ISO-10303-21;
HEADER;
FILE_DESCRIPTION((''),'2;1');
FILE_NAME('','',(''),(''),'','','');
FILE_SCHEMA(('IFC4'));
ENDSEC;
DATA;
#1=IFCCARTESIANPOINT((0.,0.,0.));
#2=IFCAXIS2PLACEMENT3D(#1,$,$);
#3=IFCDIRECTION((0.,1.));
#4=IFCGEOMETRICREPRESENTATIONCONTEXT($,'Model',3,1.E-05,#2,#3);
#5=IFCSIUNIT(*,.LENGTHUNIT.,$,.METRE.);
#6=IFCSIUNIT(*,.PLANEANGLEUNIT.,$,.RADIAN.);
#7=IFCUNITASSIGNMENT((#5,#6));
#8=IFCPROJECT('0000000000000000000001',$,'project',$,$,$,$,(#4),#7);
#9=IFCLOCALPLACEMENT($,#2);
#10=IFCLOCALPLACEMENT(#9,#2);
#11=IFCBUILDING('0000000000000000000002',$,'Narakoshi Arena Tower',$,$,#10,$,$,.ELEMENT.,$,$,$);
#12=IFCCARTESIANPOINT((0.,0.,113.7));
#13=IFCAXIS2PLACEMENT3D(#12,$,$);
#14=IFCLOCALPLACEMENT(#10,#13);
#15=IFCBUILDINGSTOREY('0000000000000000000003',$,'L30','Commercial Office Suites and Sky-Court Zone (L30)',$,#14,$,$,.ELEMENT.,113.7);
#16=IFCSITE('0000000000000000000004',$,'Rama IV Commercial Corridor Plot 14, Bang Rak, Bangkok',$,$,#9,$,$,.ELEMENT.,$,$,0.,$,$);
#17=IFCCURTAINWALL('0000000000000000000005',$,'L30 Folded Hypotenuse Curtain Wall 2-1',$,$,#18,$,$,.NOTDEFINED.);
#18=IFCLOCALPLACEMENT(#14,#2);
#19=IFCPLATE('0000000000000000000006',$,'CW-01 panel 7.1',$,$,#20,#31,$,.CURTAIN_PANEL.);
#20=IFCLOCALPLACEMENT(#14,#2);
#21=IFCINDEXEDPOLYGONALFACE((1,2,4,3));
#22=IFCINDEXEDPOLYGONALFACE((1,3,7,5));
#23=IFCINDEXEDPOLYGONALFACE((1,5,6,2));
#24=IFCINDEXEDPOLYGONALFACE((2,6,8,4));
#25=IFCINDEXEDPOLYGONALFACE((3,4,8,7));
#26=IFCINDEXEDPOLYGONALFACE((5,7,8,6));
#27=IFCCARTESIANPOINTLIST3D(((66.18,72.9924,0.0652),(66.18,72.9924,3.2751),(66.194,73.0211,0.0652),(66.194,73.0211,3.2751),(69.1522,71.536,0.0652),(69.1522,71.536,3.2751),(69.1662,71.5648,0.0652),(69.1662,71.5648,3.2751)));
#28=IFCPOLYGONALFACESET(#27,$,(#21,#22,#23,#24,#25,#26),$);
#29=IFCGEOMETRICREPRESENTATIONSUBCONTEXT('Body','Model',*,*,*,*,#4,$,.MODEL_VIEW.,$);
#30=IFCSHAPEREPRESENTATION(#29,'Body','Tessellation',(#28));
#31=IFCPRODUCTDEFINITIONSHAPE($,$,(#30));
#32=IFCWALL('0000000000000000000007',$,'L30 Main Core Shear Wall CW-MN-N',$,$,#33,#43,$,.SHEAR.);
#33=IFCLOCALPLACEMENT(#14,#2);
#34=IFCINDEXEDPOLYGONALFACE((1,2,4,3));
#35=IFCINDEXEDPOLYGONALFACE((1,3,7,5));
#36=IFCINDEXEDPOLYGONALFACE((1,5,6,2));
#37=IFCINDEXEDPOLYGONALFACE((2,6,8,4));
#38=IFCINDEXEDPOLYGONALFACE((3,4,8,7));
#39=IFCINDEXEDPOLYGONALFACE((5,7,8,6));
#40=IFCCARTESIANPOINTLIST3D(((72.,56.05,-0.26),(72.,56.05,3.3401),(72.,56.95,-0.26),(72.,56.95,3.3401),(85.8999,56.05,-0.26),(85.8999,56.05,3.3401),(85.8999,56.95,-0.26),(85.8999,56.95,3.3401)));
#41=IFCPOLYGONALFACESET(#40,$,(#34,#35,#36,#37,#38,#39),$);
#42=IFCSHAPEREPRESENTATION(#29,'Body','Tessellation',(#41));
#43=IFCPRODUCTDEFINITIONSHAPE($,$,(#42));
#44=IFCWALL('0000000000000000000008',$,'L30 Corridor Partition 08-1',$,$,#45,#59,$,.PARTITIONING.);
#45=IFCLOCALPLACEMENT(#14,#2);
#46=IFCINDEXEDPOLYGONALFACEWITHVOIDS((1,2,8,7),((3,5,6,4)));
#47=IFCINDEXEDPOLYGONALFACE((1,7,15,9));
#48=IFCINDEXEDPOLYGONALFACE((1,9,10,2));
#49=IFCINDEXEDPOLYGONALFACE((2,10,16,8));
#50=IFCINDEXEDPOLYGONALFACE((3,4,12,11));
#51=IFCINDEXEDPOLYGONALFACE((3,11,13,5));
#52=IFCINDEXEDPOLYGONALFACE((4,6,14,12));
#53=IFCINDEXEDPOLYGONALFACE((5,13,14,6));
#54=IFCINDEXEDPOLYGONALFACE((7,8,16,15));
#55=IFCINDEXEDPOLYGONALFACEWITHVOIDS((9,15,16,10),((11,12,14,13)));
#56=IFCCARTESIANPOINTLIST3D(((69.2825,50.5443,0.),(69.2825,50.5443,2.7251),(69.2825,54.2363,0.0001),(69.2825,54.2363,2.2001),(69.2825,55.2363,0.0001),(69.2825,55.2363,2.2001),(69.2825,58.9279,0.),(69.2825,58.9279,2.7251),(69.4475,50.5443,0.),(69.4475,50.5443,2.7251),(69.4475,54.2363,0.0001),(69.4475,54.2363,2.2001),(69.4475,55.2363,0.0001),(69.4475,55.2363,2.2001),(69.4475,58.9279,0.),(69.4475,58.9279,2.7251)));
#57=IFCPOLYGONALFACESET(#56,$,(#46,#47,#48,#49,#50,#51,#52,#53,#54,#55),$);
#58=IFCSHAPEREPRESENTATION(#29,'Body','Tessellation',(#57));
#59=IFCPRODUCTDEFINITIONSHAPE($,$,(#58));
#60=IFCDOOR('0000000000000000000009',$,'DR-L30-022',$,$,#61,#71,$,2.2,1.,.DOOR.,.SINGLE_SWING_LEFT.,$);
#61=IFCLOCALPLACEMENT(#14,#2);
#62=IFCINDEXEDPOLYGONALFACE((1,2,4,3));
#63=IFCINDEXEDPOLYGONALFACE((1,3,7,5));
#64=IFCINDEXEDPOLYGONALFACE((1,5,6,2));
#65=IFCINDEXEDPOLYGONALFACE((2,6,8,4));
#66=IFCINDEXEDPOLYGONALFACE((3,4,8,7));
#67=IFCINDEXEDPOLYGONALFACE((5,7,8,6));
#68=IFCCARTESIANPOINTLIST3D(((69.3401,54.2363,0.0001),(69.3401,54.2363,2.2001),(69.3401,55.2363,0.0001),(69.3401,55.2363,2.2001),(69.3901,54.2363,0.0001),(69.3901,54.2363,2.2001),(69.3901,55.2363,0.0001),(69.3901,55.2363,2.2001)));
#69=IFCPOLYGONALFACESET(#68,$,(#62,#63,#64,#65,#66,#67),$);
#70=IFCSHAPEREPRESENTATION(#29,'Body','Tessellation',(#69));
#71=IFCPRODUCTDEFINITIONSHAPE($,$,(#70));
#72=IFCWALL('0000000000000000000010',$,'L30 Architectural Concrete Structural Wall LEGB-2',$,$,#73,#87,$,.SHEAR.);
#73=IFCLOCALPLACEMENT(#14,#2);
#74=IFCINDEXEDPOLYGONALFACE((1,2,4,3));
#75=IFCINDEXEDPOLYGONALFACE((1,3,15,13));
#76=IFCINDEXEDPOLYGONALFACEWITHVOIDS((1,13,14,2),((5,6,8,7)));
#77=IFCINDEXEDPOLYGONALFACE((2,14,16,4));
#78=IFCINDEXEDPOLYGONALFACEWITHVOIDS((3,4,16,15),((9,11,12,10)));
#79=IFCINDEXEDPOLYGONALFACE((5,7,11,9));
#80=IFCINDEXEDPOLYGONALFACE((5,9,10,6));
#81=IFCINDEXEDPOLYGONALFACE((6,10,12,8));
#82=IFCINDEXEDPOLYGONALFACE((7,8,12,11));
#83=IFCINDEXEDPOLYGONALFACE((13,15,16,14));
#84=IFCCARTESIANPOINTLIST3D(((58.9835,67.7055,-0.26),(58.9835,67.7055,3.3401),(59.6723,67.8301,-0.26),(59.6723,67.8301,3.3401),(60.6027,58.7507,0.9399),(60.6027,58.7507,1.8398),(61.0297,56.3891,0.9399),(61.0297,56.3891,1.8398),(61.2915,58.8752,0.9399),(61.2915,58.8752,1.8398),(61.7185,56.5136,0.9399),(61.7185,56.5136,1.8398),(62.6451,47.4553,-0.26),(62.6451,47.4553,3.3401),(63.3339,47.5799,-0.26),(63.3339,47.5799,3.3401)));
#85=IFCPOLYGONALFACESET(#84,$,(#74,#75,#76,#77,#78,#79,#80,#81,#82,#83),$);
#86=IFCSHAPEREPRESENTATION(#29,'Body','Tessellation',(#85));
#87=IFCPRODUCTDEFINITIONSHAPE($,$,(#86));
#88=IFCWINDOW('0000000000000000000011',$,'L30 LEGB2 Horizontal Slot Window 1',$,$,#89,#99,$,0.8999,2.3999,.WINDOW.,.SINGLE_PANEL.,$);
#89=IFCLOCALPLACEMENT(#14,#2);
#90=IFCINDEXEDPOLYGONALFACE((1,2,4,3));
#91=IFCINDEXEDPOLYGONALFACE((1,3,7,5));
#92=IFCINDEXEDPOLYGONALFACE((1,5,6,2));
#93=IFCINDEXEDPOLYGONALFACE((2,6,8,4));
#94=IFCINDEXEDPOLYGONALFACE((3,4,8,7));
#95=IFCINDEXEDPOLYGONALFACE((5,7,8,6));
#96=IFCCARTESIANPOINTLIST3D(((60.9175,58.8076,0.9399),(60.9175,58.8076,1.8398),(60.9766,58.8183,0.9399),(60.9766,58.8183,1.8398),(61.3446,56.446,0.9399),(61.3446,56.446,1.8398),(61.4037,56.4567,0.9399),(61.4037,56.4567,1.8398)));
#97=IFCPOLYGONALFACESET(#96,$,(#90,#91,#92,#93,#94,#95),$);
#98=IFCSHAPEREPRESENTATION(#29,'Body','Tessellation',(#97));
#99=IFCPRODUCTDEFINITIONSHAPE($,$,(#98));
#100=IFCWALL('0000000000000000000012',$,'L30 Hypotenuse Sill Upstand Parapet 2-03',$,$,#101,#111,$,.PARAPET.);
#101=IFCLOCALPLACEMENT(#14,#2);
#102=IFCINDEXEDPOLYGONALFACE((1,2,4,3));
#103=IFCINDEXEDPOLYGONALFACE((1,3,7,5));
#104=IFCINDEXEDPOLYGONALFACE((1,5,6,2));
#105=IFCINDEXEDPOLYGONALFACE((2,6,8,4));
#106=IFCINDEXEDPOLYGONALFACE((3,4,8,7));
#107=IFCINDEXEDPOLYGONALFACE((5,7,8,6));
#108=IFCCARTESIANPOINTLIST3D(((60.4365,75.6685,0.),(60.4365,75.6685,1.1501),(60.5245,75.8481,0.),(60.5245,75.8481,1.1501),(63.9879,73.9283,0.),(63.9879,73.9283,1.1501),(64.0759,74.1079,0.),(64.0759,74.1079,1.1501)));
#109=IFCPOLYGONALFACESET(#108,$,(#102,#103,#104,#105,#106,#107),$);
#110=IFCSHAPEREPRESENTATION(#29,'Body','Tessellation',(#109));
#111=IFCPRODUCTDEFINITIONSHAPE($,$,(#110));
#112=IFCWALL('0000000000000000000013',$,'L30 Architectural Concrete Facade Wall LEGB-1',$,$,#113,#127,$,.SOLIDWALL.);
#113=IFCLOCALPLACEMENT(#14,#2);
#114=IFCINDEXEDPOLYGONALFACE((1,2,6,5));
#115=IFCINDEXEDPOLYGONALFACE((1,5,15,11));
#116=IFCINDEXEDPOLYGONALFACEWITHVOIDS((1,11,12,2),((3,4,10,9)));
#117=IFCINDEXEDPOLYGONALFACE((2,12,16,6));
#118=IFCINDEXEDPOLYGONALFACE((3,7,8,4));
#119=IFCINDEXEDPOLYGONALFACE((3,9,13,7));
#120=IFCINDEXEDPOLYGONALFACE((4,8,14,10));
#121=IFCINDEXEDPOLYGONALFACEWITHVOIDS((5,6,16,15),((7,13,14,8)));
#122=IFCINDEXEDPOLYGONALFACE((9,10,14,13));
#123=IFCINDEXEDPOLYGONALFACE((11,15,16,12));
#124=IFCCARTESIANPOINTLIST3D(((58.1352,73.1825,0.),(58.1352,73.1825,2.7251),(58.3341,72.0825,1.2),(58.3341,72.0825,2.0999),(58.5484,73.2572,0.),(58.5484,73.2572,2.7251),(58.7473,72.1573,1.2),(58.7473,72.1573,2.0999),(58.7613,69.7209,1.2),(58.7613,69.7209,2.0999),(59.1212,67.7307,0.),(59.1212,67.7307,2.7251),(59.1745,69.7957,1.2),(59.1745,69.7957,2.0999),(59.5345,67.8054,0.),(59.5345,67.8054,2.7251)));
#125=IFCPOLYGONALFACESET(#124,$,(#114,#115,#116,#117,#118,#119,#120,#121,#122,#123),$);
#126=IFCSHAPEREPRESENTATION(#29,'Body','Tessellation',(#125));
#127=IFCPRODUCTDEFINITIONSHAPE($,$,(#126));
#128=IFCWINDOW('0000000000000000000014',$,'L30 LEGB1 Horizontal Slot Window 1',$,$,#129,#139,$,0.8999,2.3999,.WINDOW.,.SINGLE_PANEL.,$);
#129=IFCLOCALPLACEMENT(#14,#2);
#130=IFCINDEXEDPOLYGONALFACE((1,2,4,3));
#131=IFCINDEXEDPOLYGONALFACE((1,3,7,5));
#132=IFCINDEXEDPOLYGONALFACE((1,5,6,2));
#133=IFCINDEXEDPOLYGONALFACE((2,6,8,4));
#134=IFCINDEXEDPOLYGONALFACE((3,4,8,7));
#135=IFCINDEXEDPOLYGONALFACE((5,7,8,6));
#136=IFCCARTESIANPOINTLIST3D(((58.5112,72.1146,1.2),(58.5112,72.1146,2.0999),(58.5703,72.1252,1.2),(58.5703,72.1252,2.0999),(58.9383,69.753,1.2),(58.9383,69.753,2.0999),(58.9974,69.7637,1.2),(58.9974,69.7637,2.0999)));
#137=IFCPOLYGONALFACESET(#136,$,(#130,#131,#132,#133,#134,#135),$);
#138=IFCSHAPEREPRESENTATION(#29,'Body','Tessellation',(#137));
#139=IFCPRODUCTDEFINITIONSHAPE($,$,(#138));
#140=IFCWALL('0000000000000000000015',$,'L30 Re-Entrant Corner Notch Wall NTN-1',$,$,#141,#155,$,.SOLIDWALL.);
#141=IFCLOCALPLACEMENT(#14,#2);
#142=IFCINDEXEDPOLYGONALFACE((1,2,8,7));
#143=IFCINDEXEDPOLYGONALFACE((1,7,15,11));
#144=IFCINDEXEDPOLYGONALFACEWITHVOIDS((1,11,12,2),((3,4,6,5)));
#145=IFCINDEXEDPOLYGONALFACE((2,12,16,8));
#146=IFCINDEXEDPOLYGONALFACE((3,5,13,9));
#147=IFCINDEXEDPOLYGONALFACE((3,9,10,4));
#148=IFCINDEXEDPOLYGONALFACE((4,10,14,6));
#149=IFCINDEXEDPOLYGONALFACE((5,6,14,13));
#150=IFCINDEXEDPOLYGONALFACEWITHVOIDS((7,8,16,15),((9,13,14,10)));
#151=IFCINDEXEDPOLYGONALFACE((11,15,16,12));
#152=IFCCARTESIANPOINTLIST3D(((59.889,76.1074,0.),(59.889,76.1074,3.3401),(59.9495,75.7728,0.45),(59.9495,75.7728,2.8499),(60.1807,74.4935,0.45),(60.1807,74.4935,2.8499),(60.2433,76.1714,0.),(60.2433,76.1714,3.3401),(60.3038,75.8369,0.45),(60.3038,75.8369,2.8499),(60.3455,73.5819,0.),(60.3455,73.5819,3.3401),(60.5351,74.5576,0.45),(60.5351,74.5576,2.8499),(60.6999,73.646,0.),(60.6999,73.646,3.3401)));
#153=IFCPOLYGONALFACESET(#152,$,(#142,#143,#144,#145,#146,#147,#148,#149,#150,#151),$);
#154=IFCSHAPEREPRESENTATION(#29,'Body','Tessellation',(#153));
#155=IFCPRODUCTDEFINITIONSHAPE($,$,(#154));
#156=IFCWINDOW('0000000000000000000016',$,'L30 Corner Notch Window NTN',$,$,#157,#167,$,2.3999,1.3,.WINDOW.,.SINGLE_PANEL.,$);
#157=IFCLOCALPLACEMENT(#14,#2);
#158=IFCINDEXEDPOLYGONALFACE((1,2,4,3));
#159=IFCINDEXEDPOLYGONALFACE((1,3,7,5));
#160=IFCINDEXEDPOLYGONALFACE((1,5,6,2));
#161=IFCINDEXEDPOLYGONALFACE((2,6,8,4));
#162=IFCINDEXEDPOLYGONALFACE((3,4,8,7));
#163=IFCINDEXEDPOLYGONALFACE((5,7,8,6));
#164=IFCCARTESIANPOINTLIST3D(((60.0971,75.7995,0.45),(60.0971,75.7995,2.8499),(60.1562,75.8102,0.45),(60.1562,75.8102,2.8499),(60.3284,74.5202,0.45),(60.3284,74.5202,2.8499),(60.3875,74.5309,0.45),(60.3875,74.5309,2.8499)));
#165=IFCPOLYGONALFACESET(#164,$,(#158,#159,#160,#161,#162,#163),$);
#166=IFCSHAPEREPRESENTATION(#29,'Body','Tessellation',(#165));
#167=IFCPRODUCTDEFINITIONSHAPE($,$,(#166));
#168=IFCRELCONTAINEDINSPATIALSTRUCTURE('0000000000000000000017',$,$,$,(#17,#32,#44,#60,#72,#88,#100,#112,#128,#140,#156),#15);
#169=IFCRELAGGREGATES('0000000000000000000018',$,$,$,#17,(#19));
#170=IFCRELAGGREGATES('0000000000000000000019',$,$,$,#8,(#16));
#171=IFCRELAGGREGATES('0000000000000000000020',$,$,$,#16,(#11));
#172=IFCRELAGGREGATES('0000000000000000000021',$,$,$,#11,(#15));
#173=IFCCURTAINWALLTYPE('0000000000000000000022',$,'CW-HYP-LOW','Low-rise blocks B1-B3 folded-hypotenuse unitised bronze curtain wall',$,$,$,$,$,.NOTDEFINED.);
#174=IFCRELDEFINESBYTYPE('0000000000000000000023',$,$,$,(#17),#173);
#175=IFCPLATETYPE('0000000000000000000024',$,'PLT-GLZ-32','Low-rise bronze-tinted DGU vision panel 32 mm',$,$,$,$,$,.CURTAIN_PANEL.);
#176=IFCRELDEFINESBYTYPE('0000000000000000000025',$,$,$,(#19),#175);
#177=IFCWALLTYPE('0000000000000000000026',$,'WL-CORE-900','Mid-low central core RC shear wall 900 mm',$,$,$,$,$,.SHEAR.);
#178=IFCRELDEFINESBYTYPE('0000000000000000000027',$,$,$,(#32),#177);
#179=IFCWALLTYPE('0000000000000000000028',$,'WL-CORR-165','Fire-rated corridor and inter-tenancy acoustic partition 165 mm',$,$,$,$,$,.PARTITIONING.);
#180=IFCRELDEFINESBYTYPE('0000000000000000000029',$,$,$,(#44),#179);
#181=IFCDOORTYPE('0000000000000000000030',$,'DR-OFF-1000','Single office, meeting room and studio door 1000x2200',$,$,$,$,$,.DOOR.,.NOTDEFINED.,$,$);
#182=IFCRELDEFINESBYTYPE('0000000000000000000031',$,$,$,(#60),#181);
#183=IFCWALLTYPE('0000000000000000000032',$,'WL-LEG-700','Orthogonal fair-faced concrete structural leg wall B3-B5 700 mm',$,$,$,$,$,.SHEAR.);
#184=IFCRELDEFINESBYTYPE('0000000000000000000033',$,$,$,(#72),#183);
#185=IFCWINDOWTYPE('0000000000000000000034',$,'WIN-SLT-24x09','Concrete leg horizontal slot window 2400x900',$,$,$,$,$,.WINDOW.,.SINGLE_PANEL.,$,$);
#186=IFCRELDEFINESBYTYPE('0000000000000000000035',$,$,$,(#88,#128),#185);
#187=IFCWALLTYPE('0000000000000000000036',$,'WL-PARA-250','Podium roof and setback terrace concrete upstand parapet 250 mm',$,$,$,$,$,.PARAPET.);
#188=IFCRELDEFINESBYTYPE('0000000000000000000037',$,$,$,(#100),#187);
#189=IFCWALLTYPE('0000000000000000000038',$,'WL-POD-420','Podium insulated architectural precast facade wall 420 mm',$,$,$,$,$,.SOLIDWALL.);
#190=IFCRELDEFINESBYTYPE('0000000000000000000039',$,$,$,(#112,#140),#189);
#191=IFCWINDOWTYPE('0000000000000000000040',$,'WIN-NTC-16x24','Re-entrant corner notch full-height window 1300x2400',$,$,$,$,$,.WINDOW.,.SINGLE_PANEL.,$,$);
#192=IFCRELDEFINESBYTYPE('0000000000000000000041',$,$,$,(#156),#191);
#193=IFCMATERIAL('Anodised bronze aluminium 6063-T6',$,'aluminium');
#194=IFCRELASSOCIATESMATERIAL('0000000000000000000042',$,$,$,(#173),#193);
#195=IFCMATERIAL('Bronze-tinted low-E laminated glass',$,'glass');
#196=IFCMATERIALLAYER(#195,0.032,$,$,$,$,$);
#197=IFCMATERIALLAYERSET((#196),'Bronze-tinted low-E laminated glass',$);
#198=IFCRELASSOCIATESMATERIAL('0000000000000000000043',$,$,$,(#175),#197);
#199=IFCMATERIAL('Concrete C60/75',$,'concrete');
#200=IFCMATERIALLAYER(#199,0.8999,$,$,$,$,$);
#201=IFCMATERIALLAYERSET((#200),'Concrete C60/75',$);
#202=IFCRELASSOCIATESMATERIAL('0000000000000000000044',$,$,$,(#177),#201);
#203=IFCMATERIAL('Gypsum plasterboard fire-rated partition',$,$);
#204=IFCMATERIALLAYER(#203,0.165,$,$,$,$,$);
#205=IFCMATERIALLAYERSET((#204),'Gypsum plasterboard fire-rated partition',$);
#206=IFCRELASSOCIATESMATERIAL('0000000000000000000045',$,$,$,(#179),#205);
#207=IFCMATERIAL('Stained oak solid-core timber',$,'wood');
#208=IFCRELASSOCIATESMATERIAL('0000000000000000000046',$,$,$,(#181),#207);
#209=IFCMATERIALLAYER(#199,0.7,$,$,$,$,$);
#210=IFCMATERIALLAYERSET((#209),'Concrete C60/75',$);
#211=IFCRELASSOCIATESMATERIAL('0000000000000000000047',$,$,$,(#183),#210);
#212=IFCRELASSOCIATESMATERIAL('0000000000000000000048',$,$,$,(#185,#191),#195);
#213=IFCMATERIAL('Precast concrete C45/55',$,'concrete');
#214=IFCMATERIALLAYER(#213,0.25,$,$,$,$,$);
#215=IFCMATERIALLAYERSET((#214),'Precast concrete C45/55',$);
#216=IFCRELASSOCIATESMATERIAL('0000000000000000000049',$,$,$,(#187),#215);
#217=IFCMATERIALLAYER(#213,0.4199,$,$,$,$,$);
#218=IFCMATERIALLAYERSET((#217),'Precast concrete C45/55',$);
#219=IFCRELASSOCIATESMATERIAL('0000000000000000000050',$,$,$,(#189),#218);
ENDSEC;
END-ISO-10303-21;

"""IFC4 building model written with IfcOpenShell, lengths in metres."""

from ifc_helpers import new_model, si_unit, direction, frame, frame_2d, origin, origin_2d, place, context, subcontext, project, spatial, rectangle, extrude, material, layer, layer_set, type_object, element, fill, aggregate, save


model = new_model("IFC4")

# Units and contexts
model_context = context("Model", 3, precision=1e-05, world=origin(), true_north=direction((0.0, 1.0)))
body_context = subcontext(model_context, "Body", "Model", "MODEL_VIEW")
ifc_project = project(units=[si_unit("LENGTHUNIT", "METRE"), si_unit("PLANEANGLEUNIT", "RADIAN")], contexts=[model_context])

# Site, building, storey
site_placement = place(None, origin())
site = spatial("IfcSite", under=ifc_project, at=site_placement, Name="Rama IV Commercial Corridor Plot 14, Bang Rak, Bangkok", CompositionType="ELEMENT", RefElevation=0.0)
building_placement = place(site_placement, origin())
building = spatial("IfcBuilding", under=site, at=building_placement, Name="Narakoshi Arena Tower", CompositionType="ELEMENT")
storey_placement = place(building_placement, frame((0.0, 0.0, 113.7)))
storey = spatial("IfcBuildingStorey", under=building, at=storey_placement, Name="L30", Description="Commercial Office Suites and Sky-Court Zone (L30)", CompositionType="ELEMENT", Elevation=113.7)

# Shared definitions
ifc_material_1 = material(Name="Concrete C60/75", Category="concrete")

# Curtain wall, plate
ifc_material_2 = material(Name="Anodised bronze aluminium 6063-T6", Category="aluminium")
curtain_wall_type = type_object("IfcCurtainWallType", Name="CW-HYP-LOW", Description="Low-rise blocks B1-B3 folded-hypotenuse unitised bronze curtain wall", PredefinedType="NOTDEFINED", material=ifc_material_2)
curtain_wall_placement = place(storey_placement, origin())
curtain_wall = element("IfcCurtainWall", 1, at=curtain_wall_placement, inside=storey, type_object=curtain_wall_type, Name="L30 Folded Hypotenuse Curtain Wall 2-1", PredefinedType="NOTDEFINED")
ifc_material_3 = material(Name="Bronze-tinted low-E laminated glass", Category="glass")
ifc_layer_1 = layer(ifc_material_3, 0.032)
ifc_layer_set_1 = layer_set([ifc_layer_1], Name="Bronze-tinted low-E laminated glass")
plate_type = type_object("IfcPlateType", Name="PLT-GLZ-32", Description="Low-rise bronze-tinted DGU vision panel 32 mm", PredefinedType="CURTAIN_PANEL", material=ifc_layer_set_1)
plate_1_placement = place(storey_placement, frame((67.6731, 72.2786, 0.0652), z_axis=(0.0, 0.0, 1.0), x_axis=(-0.897996, 0.440005, 0.0)))
plate_1 = element("IfcPlate", 2, at=plate_1_placement, type_object=plate_type, Name="CW-01 panel 7.1", PredefinedType="CURTAIN_PANEL", context=body_context, shape_type="SweptSolid", body=[
    extrude(rectangle(XDim=3.3098, YDim=0.032, at=origin_2d()), origin(), (0.0, 0.0, 1.0), 3.21),
])
aggregate(curtain_wall, [plate_1])

# Wall
ifc_layer_2 = layer(ifc_material_1, 0.8999)
ifc_layer_set_2 = layer_set([ifc_layer_2], Name="Concrete C60/75")
wall_type_1 = type_object("IfcWallType", Name="WL-CORE-900", Description="Mid-low central core RC shear wall 900 mm", PredefinedType="SHEAR", material=ifc_layer_set_2)
wall_1_placement = place(storey_placement, frame((72.0, 56.5, -0.26), z_axis=(0.0, 0.0, 1.0), x_axis=(1.0, 0.0, 0.0)))
element("IfcWall", 3, at=wall_1_placement, inside=storey, type_object=wall_type_1, Name="L30 Main Core Shear Wall CW-MN-N", PredefinedType="SHEAR", context=body_context, shape_type="SweptSolid", body=[
    extrude(rectangle(XDim=13.8999, YDim=0.8999, at=frame_2d((6.95, 0.0))), origin(), (0.0, 0.0, 1.0), 3.6001),
])

# Wall, opening, door
ifc_material_4 = material(Name="Gypsum plasterboard fire-rated partition")
ifc_layer_3 = layer(ifc_material_4, 0.165)
ifc_layer_set_3 = layer_set([ifc_layer_3], Name="Gypsum plasterboard fire-rated partition")
wall_type_2 = type_object("IfcWallType", Name="WL-CORR-165", Description="Fire-rated corridor and inter-tenancy acoustic partition 165 mm", PredefinedType="PARTITIONING", material=ifc_layer_set_3)
wall_2_placement = place(storey_placement, frame((69.365, 58.928, 0.0), z_axis=(0.0, 0.0, 1.0), x_axis=(0.0, -1.0, 0.0)))
wall_2 = element("IfcWall", 4, at=wall_2_placement, inside=storey, type_object=wall_type_2, Name="L30 Corridor Partition 08-1", PredefinedType="PARTITIONING", context=body_context, shape_type="SweptSolid", body=[
    extrude(rectangle(XDim=8.3835, YDim=0.165, at=frame_2d((4.1919, 0.0))), origin(), (0.0, 0.0, 1.0), 2.7251),
])
opening_1_placement = place(wall_2_placement, frame((3.6917, 0.0, 0.0)))
opening_1 = element("IfcOpeningElement", 5, at=opening_1_placement, cuts=wall_2, PredefinedType="OPENING", context=body_context, shape_type="SweptSolid", body=[
    extrude(rectangle(XDim=1.0, YDim=2.2, at=frame_2d((0.5, 1.1001))), frame((0.0, 0.0925, 0.0), z_axis=(0.0, -1.0, 0.0), x_axis=(1.0, 0.0, 0.0)), (0.0, 0.0, 1.0), 0.1851),
])
ifc_material_5 = material(Name="Stained oak solid-core timber", Category="wood")
door_type = type_object("IfcDoorType", Name="DR-OFF-1000", Description="Single office, meeting room and studio door 1000x2200", OperationType="NOTDEFINED", PredefinedType="DOOR", material=ifc_material_5)
door_placement = place(opening_1_placement, frame((1.0, 0.0, 0.0), z_axis=(0.0, 0.0, 1.0), x_axis=(-1.0, 0.0, 0.0)))
door = element("IfcDoor", 6, at=door_placement, inside=storey, type_object=door_type, Name="DR-L30-022", OperationType="SINGLE_SWING_LEFT", OverallHeight=2.2, OverallWidth=1.0, PredefinedType="DOOR", context=body_context, shape_type="SweptSolid", body=[
    extrude(rectangle(XDim=1.0, YDim=2.2, at=frame_2d((0.5, 1.1001))), frame((0.0, 0.0249, 0.0), z_axis=(0.0, -1.0, 0.0), x_axis=(1.0, 0.0, 0.0)), (0.0, 0.0, 1.0), 0.05),
])
fill(opening_1, door)

# Wall, opening, window
ifc_layer_4 = layer(ifc_material_1, 0.7)
ifc_layer_set_4 = layer_set([ifc_layer_4], Name="Concrete C60/75")
wall_type_3 = type_object("IfcWallType", Name="WL-LEG-700", Description="Orthogonal fair-faced concrete structural leg wall B3-B5 700 mm", PredefinedType="SHEAR", material=ifc_layer_set_4)
wall_3_placement = place(storey_placement, frame((59.3279, 67.7678, -0.26), z_axis=(0.0, 0.0, 1.0), x_axis=(0.177933, -0.984043, 0.0)))
wall_3 = element("IfcWall", 7, at=wall_3_placement, inside=storey, type_object=wall_type_3, Name="L30 Architectural Concrete Structural Wall LEGB-2", PredefinedType="SHEAR", context=body_context, shape_type="SweptSolid", body=[
    extrude(rectangle(XDim=20.5786, YDim=0.7, at=frame_2d((10.2893, 0.0))), origin(), (0.0, 0.0, 1.0), 3.6001),
])
opening_2_placement = place(wall_3_placement, frame((9.1001, 0.0, 1.2)))
opening_2 = element("IfcOpeningElement", 8, at=opening_2_placement, cuts=wall_3, PredefinedType="OPENING", context=body_context, shape_type="SweptSolid", body=[
    extrude(rectangle(XDim=2.3999, YDim=0.8999, at=frame_2d((1.2, 0.45))), frame((0.0, 0.3599, 0.0), z_axis=(0.0, -1.0, 0.0), x_axis=(1.0, 0.0, 0.0)), (0.0, 0.0, 1.0), 0.72),
])
window_type_1 = type_object("IfcWindowType", Name="WIN-SLT-24x09", Description="Concrete leg horizontal slot window 2400x900", PartitioningType="SINGLE_PANEL", PredefinedType="WINDOW", material=ifc_material_3)
window_1_placement = place(opening_2_placement, origin())
window_1 = element("IfcWindow", 9, at=window_1_placement, inside=storey, type_object=window_type_1, Name="L30 LEGB2 Horizontal Slot Window 1", OverallHeight=0.8999, OverallWidth=2.3999, PartitioningType="SINGLE_PANEL", PredefinedType="WINDOW", context=body_context, shape_type="SweptSolid", body=[
    extrude(rectangle(XDim=2.3999, YDim=0.8999, at=frame_2d((1.2, 0.45))), frame((0.0, 0.03, 0.0), z_axis=(0.0, -1.0, 0.0), x_axis=(1.0, 0.0, 0.0)), (0.0, 0.0, 1.0), 0.0601),
])
fill(opening_2, window_1)

# Wall
ifc_material_6 = material(Name="Precast concrete C45/55", Category="concrete")
ifc_layer_5 = layer(ifc_material_6, 0.25)
ifc_layer_set_5 = layer_set([ifc_layer_5], Name="Precast concrete C45/55")
wall_type_4 = type_object("IfcWallType", Name="WL-PARA-250", Description="Podium roof and setback terrace concrete upstand parapet 250 mm", PredefinedType="PARAPET", material=ifc_layer_set_5)
wall_4_placement = place(storey_placement, frame((64.032, 74.0181, 0.0), z_axis=(0.0, 0.0, 1.0), x_axis=(-0.897991, 0.440014, 0.0)))
element("IfcWall", 10, at=wall_4_placement, inside=storey, type_object=wall_type_4, Name="L30 Hypotenuse Sill Upstand Parapet 2-03", PredefinedType="PARAPET", context=body_context, shape_type="SweptSolid", body=[
    extrude(rectangle(XDim=3.9548, YDim=0.2, at=frame_2d((1.9775, 0.0))), origin(), (0.0, 0.0, 1.0), 1.1501),
])

# Walls, openings, windows
ifc_layer_6 = layer(ifc_material_6, 0.4199)
ifc_layer_set_6 = layer_set([ifc_layer_6], Name="Precast concrete C45/55")
wall_type_5 = type_object("IfcWallType", Name="WL-POD-420", Description="Podium insulated architectural precast facade wall 420 mm", PredefinedType="SOLIDWALL", material=ifc_layer_set_6)
wall_5_placement = place(storey_placement, frame((58.3418, 73.2197, 0.0), z_axis=(0.0, 0.0, 1.0), x_axis=(0.177982, -0.984034, 0.0)))
wall_5 = element("IfcWall", 11, at=wall_5_placement, inside=storey, type_object=wall_type_5, Name="L30 Architectural Concrete Facade Wall LEGB-1", PredefinedType="SOLIDWALL", context=body_context, shape_type="SweptSolid", body=[
    extrude(rectangle(XDim=5.5403, YDim=0.4199, at=frame_2d((2.77, 0.0))), origin(), (0.0, 0.0, 1.0), 2.7251),
])
opening_3_placement = place(wall_5_placement, frame((1.1177, 0.0, 1.2)))
opening_3 = element("IfcOpeningElement", 12, at=opening_3_placement, cuts=wall_5, PredefinedType="OPENING", context=body_context, shape_type="SweptSolid", body=[
    extrude(rectangle(XDim=2.3999, YDim=0.8999, at=frame_2d((1.2, 0.45))), frame((0.0, 0.22, 0.0), z_axis=(0.0, -1.0, 0.0), x_axis=(1.0, 0.0, 0.0)), (0.0, 0.0, 1.0), 0.4399),
])
window_2_placement = place(opening_3_placement, origin())
window_2 = element("IfcWindow", 13, at=window_2_placement, inside=storey, type_object=window_type_1, Name="L30 LEGB1 Horizontal Slot Window 1", OverallHeight=0.8999, OverallWidth=2.3999, PartitioningType="SINGLE_PANEL", PredefinedType="WINDOW", context=body_context, shape_type="SweptSolid", body=[
    extrude(rectangle(XDim=2.3999, YDim=0.8999, at=frame_2d((1.2, 0.45))), frame((0.0, 0.03, 0.0), z_axis=(0.0, -1.0, 0.0), x_axis=(1.0, 0.0, 0.0)), (0.0, 0.0, 1.0), 0.0601),
])
fill(opening_3, window_2)
wall_6_placement = place(storey_placement, frame((60.0662, 76.1394, 0.0), z_axis=(0.0, 0.0, 1.0), x_axis=(0.177897, -0.984049, 0.0)))
wall_6 = element("IfcWall", 14, at=wall_6_placement, inside=storey, type_object=wall_type_5, Name="L30 Re-Entrant Corner Notch Wall NTN-1", PredefinedType="SOLIDWALL", context=body_context, shape_type="SweptSolid", body=[
    extrude(rectangle(XDim=2.5664, YDim=0.3601, at=frame_2d((1.2832, 0.0))), origin(), (0.0, 0.0, 1.0), 3.3401),
])
opening_4_placement = place(wall_6_placement, frame((0.3401, 0.0, 0.45)))
opening_4 = element("IfcOpeningElement", 15, at=opening_4_placement, cuts=wall_6, PredefinedType="OPENING", context=body_context, shape_type="SweptSolid", body=[
    extrude(rectangle(XDim=1.3, YDim=2.3999, at=frame_2d((0.6499, 1.2))), frame((0.0, 0.1899, 0.0), z_axis=(0.0, -1.0, 0.0), x_axis=(1.0, 0.0, 0.0)), (0.0, 0.0, 1.0), 0.3801),
])
window_type_2 = type_object("IfcWindowType", Name="WIN-NTC-16x24", Description="Re-entrant corner notch full-height window 1300x2400", PartitioningType="SINGLE_PANEL", PredefinedType="WINDOW", material=ifc_material_3)
window_3_placement = place(opening_4_placement, origin())
window_3 = element("IfcWindow", 16, at=window_3_placement, inside=storey, type_object=window_type_2, Name="L30 Corner Notch Window NTN", OverallHeight=2.3999, OverallWidth=1.3, PartitioningType="SINGLE_PANEL", PredefinedType="WINDOW", context=body_context, shape_type="SweptSolid", body=[
    extrude(rectangle(XDim=1.3, YDim=2.3999, at=frame_2d((0.6499, 1.2))), frame((0.0, 0.03, 0.0), z_axis=(0.0, -1.0, 0.0), x_axis=(1.0, 0.0, 0.0)), (0.0, 0.0, 1.0), 0.0601),
])
fill(opening_4, window_3)

save(model, "model.ifc")
